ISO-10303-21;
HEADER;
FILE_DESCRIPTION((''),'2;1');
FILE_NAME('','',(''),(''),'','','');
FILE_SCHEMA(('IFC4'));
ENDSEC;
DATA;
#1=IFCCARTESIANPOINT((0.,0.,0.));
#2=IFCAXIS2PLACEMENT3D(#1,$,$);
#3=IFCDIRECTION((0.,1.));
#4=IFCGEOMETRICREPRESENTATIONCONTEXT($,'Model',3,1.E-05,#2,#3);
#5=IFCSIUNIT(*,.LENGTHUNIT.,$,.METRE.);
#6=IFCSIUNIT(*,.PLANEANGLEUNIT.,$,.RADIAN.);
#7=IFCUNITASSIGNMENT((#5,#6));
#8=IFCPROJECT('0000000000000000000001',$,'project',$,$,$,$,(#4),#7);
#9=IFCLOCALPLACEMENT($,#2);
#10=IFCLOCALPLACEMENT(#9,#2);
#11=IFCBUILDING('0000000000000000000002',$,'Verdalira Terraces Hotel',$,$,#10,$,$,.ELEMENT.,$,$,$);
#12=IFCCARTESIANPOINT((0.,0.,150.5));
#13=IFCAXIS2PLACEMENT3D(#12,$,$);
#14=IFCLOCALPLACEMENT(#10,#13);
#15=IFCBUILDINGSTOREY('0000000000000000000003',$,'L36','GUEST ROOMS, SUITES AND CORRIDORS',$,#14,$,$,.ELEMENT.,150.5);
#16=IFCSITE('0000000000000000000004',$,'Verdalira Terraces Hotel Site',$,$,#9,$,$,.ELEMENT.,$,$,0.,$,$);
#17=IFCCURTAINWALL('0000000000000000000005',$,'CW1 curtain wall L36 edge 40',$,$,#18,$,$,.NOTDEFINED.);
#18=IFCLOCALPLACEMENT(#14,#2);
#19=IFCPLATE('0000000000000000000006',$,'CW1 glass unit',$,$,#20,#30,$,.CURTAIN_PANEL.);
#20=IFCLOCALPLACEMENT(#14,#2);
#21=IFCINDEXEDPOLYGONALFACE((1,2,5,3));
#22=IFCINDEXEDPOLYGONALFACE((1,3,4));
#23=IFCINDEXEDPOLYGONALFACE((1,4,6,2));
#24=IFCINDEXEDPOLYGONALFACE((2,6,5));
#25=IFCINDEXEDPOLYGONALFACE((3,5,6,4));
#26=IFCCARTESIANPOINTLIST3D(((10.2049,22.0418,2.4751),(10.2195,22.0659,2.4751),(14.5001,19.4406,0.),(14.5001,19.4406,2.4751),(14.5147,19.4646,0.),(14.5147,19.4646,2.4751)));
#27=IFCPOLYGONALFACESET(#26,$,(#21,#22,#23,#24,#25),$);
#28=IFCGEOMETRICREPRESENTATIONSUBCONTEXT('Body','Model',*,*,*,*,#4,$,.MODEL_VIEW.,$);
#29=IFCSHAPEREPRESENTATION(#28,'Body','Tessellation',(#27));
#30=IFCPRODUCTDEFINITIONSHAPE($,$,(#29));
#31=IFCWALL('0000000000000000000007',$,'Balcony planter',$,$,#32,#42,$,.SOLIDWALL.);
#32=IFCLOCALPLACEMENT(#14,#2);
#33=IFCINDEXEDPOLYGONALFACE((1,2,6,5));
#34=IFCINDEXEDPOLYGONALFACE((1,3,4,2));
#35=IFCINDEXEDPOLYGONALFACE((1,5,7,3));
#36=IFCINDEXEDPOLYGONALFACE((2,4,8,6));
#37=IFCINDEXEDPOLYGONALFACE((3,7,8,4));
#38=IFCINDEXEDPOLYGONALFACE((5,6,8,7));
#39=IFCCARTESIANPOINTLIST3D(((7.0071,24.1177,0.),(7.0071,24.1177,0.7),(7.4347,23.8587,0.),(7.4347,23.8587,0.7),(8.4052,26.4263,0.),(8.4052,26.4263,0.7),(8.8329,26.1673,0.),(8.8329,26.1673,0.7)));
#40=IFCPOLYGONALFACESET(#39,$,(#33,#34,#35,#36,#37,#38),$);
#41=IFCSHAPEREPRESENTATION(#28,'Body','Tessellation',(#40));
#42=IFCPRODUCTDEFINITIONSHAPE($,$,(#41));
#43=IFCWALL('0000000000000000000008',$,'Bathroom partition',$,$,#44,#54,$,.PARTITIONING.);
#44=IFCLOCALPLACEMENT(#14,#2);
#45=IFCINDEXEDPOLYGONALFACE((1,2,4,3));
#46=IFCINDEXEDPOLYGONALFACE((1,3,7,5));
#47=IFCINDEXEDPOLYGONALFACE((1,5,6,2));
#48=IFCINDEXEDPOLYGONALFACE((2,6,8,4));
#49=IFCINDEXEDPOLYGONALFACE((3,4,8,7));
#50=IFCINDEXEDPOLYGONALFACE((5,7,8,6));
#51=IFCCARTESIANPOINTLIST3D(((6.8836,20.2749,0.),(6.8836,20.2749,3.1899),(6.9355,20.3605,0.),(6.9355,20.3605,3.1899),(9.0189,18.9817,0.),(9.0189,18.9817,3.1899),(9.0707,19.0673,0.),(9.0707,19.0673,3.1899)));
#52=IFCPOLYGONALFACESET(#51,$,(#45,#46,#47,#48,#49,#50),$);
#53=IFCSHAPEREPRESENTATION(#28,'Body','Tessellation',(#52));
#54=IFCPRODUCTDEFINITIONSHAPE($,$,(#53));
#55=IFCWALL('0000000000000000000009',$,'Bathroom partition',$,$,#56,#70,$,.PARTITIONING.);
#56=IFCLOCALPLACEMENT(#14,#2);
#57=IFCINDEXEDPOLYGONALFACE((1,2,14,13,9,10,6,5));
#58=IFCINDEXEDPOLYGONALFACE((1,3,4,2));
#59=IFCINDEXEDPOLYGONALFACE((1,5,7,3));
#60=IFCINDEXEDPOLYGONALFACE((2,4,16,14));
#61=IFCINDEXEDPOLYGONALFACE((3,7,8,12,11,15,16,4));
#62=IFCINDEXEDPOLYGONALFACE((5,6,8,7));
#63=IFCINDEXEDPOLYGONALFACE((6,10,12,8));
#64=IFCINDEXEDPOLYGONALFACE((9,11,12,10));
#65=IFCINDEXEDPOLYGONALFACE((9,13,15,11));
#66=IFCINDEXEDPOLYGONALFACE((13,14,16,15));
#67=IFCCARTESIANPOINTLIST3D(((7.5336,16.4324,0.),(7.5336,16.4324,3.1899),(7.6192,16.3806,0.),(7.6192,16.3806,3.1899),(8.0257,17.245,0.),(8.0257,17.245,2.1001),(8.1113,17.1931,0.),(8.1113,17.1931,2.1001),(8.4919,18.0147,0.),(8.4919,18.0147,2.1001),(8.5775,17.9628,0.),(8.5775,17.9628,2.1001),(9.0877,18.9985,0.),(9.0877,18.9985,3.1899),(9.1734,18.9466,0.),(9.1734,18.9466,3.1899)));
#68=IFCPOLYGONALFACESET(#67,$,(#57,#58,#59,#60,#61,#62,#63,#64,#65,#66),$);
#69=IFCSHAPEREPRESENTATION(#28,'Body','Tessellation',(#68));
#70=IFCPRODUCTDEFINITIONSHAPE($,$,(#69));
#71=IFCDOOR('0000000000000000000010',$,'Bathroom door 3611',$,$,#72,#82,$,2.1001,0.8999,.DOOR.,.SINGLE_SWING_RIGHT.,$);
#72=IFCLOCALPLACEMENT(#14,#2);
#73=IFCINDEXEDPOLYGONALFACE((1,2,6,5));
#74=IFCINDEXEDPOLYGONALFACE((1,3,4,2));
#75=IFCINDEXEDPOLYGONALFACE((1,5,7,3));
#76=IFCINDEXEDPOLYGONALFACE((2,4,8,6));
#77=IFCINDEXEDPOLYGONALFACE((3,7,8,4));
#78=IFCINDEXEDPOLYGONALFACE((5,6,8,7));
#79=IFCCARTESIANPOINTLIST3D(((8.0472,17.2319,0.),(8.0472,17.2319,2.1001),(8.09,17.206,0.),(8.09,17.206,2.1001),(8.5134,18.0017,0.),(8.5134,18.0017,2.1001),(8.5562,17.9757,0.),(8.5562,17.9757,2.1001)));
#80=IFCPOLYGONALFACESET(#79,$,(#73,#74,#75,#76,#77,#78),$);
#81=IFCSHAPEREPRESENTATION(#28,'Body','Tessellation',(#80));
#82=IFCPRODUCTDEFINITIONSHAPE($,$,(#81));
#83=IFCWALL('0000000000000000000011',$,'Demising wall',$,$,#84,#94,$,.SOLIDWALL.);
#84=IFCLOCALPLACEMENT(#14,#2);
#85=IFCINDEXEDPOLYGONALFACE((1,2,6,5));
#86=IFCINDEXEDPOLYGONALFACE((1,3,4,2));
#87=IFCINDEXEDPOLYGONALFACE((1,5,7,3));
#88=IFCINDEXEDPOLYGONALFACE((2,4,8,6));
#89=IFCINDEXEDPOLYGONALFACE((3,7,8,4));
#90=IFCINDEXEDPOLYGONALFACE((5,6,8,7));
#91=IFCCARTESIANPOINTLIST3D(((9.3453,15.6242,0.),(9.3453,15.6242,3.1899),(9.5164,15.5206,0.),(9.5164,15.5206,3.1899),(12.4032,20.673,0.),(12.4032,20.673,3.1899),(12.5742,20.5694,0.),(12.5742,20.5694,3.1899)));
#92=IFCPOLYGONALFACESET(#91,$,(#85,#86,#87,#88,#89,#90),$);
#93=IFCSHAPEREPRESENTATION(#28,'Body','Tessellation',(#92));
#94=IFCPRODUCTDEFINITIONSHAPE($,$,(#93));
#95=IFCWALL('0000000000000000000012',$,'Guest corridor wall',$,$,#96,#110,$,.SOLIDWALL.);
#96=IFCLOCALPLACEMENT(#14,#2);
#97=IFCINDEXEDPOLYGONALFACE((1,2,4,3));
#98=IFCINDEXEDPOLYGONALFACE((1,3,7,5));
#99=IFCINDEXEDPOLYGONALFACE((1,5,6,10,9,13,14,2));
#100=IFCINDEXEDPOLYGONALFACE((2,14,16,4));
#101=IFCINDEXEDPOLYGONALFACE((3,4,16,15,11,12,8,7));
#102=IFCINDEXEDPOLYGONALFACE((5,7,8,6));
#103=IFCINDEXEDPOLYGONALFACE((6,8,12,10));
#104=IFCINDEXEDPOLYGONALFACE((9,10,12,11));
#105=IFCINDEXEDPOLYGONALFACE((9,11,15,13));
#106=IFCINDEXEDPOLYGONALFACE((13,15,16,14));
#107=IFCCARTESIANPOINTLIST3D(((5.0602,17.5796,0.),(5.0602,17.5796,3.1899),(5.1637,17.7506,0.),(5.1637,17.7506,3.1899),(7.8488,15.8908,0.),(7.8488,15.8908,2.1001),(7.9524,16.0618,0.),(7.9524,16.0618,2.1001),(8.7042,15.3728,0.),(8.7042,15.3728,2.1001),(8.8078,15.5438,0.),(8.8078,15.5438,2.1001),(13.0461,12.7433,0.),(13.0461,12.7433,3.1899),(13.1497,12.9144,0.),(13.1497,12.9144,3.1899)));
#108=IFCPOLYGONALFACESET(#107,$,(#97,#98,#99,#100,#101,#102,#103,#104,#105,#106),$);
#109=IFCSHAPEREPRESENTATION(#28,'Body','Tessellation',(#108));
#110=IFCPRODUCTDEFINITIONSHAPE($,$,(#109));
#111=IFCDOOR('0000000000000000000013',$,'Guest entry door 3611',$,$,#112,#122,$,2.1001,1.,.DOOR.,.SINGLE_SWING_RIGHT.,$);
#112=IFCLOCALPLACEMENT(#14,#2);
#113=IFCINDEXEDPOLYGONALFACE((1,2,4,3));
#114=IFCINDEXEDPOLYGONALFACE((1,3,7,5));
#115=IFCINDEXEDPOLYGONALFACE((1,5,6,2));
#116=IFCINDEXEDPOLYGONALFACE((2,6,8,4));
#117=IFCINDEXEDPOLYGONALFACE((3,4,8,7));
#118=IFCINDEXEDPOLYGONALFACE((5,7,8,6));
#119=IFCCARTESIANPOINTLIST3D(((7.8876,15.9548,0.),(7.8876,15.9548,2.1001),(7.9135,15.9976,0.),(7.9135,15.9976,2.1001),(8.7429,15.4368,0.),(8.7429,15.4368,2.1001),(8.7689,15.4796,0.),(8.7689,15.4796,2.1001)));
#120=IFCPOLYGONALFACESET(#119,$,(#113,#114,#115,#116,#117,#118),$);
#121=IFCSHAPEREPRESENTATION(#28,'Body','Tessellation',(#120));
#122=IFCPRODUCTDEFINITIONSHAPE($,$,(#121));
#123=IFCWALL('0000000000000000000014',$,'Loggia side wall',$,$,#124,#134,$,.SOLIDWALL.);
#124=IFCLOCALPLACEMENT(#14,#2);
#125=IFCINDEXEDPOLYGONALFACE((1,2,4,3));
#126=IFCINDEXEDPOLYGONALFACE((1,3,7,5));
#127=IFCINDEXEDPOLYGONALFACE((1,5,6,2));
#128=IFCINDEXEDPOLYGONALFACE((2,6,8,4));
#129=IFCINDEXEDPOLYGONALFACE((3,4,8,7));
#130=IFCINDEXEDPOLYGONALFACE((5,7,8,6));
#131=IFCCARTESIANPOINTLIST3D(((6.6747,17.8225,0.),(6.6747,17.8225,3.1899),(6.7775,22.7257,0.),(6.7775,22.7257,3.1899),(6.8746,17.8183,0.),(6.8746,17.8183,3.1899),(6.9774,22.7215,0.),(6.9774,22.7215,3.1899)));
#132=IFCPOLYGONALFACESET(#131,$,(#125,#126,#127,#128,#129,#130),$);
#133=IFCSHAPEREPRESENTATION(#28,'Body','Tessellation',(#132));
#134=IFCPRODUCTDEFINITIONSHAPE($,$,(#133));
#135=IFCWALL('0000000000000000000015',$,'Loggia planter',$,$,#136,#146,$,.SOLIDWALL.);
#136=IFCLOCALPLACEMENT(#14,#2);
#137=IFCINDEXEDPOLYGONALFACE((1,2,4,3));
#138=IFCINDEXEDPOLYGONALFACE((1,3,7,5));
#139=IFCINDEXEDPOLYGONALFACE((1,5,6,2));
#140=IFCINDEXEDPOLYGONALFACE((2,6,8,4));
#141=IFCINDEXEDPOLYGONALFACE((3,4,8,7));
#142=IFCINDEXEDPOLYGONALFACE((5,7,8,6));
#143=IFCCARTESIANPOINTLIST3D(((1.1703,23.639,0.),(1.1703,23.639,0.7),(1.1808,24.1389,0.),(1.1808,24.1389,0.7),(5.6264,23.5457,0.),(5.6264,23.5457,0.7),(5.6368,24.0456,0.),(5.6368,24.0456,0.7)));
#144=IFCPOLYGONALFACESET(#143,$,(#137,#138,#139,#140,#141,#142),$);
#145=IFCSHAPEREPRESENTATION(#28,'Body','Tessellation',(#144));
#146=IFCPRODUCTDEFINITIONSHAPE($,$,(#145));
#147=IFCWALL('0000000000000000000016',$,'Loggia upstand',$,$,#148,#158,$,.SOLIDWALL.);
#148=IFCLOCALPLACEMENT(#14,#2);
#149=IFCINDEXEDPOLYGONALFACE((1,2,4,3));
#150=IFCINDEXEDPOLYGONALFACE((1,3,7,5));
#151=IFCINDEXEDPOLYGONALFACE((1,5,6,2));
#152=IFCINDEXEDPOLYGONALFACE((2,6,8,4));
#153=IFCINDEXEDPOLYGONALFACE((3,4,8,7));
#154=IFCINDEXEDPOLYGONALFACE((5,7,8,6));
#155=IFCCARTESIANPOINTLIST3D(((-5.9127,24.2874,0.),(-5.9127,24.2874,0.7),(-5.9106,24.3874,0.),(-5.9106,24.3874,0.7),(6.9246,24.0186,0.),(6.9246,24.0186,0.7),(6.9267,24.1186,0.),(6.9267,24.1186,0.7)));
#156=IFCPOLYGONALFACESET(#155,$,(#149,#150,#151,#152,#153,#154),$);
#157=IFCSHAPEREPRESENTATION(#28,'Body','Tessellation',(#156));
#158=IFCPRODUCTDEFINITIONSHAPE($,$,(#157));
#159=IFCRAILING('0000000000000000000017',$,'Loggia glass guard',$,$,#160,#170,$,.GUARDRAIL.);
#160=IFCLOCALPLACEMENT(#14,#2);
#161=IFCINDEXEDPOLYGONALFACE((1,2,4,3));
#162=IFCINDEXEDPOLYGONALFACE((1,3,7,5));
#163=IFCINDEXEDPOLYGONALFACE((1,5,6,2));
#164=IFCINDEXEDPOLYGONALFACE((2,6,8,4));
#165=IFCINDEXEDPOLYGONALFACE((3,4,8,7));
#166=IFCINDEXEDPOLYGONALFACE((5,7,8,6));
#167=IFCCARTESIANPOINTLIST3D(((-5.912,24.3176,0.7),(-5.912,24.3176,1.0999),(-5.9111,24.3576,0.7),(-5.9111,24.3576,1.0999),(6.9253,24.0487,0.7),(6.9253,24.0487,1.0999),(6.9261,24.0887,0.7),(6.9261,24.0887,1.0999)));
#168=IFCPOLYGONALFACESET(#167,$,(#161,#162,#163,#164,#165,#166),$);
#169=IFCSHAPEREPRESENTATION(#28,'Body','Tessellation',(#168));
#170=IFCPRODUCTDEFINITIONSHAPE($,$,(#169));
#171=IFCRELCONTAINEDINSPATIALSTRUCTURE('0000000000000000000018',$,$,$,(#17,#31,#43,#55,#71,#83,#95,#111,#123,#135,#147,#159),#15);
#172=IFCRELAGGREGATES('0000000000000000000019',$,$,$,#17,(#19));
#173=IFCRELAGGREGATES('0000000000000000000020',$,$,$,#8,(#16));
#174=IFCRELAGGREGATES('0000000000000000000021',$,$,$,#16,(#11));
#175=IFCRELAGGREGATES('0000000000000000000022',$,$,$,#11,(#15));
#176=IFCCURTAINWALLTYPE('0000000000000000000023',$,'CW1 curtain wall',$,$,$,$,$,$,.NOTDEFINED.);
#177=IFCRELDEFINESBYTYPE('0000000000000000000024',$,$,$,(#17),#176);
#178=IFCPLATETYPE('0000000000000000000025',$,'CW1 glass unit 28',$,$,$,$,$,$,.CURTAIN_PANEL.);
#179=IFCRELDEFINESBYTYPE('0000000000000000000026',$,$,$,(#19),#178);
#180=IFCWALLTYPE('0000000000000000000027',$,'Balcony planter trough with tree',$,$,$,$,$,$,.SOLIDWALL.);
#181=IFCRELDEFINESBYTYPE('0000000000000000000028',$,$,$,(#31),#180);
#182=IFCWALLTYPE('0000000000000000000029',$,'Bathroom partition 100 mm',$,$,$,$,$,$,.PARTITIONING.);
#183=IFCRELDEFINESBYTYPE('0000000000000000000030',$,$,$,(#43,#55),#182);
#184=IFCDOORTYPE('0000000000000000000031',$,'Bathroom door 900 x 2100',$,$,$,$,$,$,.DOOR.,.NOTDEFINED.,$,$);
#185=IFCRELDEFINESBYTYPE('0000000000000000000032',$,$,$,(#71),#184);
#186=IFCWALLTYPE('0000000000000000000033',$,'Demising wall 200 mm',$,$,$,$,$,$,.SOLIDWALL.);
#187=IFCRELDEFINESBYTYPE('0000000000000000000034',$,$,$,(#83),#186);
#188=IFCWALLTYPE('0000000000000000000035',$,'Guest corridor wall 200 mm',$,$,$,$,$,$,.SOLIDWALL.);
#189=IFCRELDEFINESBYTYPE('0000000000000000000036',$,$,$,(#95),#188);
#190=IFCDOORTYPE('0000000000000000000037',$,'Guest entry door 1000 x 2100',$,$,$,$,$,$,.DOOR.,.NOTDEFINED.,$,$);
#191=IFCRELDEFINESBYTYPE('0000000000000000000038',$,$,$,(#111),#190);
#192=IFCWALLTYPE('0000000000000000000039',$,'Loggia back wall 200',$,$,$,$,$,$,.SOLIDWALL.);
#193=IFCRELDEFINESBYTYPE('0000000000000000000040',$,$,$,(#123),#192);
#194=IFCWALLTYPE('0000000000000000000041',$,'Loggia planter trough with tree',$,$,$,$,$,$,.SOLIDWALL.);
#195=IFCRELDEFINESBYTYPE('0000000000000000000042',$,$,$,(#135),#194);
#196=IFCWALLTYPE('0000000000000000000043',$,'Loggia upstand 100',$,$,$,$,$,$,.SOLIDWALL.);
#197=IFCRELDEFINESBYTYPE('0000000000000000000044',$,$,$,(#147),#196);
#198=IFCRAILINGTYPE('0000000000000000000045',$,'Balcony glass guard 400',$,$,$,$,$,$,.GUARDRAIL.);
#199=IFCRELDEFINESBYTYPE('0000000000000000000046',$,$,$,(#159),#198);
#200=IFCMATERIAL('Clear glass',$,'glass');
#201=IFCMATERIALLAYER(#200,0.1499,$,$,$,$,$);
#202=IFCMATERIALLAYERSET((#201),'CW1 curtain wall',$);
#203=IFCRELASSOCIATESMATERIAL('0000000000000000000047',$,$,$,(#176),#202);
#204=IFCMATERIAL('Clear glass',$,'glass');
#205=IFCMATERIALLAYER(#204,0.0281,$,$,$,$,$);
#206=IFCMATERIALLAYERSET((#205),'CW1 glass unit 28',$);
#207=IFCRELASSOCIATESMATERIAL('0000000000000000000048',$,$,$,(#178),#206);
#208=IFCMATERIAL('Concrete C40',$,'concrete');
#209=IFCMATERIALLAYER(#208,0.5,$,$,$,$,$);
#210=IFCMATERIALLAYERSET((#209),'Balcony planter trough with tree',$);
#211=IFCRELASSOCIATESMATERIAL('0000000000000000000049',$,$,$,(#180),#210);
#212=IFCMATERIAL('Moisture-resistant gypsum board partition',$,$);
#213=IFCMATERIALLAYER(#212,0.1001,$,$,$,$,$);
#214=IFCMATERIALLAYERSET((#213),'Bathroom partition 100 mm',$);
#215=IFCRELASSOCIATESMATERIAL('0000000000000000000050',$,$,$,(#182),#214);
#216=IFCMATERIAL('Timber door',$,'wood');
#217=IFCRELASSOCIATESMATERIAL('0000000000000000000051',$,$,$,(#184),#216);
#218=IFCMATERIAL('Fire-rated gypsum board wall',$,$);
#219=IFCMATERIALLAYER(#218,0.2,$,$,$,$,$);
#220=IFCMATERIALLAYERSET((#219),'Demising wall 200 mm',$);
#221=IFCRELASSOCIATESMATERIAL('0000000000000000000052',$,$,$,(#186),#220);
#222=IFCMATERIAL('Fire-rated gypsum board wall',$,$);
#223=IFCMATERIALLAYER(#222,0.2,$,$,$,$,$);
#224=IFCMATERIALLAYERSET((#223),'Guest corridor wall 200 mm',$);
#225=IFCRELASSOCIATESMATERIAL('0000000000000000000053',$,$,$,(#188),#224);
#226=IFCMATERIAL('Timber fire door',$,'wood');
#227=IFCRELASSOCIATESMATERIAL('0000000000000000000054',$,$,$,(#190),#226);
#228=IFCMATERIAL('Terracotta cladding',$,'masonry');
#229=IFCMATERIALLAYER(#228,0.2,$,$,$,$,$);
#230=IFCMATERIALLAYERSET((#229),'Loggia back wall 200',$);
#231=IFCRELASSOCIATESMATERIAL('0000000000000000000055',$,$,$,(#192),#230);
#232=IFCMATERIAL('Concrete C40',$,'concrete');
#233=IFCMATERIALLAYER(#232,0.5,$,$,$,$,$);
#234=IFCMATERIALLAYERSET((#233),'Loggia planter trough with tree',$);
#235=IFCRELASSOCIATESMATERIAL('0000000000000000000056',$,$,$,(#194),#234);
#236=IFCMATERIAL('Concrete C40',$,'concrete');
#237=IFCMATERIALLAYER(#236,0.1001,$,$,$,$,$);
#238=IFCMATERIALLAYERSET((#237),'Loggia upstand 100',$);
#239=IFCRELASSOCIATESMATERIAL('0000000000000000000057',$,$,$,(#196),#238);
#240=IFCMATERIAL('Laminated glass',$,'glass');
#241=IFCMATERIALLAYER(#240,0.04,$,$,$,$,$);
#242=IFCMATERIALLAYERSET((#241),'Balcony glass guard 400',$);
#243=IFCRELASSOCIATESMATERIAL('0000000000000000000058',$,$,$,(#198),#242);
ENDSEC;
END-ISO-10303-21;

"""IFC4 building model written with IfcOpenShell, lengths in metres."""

from ifc_helpers import new_model, si_unit, direction, frame, frame_2d, origin, origin_2d, place, context, subcontext, project, spatial, polyline, rectangle, outline, extrude, material, layer, layer_set, type_object, element, fill, aggregate, save


model = new_model("IFC4")

# Units and contexts
model_context = context("Model", 3, precision=1e-05, world=origin(), true_north=direction((0.0, 1.0)))
body_context = subcontext(model_context, "Body", "Model", "MODEL_VIEW")
ifc_project = project(units=[si_unit("LENGTHUNIT", "METRE"), si_unit("PLANEANGLEUNIT", "RADIAN")], contexts=[model_context])

# Site, building, storey
site_placement = place(None, origin())
site = spatial("IfcSite", under=ifc_project, at=site_placement, Name="Verdalira Terraces Hotel Site", CompositionType="ELEMENT", RefElevation=0.0)
building_placement = place(site_placement, origin())
building = spatial("IfcBuilding", under=site, at=building_placement, Name="Verdalira Terraces Hotel", CompositionType="ELEMENT")
storey_placement = place(building_placement, frame((0.0, 0.0, 150.5)))
storey = spatial("IfcBuildingStorey", under=building, at=storey_placement, Name="L36", Description="GUEST ROOMS, SUITES AND CORRIDORS", CompositionType="ELEMENT", Elevation=150.5)

# Curtain wall
ifc_material_1 = material(Name="Clear glass", Category="glass")
ifc_layer_1 = layer(ifc_material_1, 0.1499)
ifc_layer_set_1 = layer_set([ifc_layer_1], Name="CW1 curtain wall")
curtain_wall_type = type_object("IfcCurtainWallType", Name="CW1 curtain wall", PredefinedType="NOTDEFINED", material=ifc_layer_set_1)
curtain_wall_placement = place(storey_placement, origin())
curtain_wall = element("IfcCurtainWall", 1, at=curtain_wall_placement, inside=storey, type_object=curtain_wall_type, Name="CW1 curtain wall L36 edge 40", PredefinedType="NOTDEFINED")

# Plate
ifc_material_2 = material(Name="Clear glass", Category="glass")
ifc_layer_2 = layer(ifc_material_2, 0.0281)
ifc_layer_set_2 = layer_set([ifc_layer_2], Name="CW1 glass unit 28")
plate_type = type_object("IfcPlateType", Name="CW1 glass unit 28", PredefinedType="CURTAIN_PANEL", material=ifc_layer_set_2)
plate_1_placement = place(storey_placement, frame((12.3525, 20.7412, 1.2375), z_axis=(0.518027, 0.855364, 0.0), x_axis=(-0.855364, 0.518027, 0.0)))
plate_1 = element("IfcPlate", 2, at=plate_1_placement, type_object=plate_type, Name="CW1 glass unit", PredefinedType="CURTAIN_PANEL", context=body_context, shape_type="SweptSolid", body=[
    extrude(outline(polyline([(-2.5107, -1.2375), (2.5107, 1.2375), (-2.5107, 1.2375), (-2.5107, -1.2375)])), origin(), (0.0, 0.0, 1.0), 0.0281),
])
aggregate(curtain_wall, [plate_1])

# Walls
ifc_material_3 = material(Name="Concrete C40", Category="concrete")
ifc_layer_3 = layer(ifc_material_3, 0.5)
ifc_layer_set_3 = layer_set([ifc_layer_3], Name="Balcony planter trough with tree")
wall_type_1 = type_object("IfcWallType", Name="Balcony planter trough with tree", PredefinedType="SOLIDWALL", material=ifc_layer_set_3)
wall_1_placement = place(storey_placement, frame((8.6191, 26.2969, 0.0), z_axis=(0.0, 0.0, 1.0), x_axis=(-0.518043, -0.855355, 0.0)))
element("IfcWall", 3, at=wall_1_placement, inside=storey, type_object=wall_type_1, Name="Balcony planter", PredefinedType="SOLIDWALL", context=body_context, shape_type="SweptSolid", body=[
    extrude(rectangle(XDim=2.699, YDim=0.5, at=frame_2d((1.3496, 0.0))), origin(), (0.0, 0.0, 1.0), 0.7),
])
ifc_material_4 = material(Name="Moisture-resistant gypsum board partition")
ifc_layer_4 = layer(ifc_material_4, 0.1001)
ifc_layer_set_4 = layer_set([ifc_layer_4], Name="Bathroom partition 100 mm")
wall_type_2 = type_object("IfcWallType", Name="Bathroom partition 100 mm", PredefinedType="PARTITIONING", material=ifc_layer_set_4)
wall_2_placement = place(storey_placement, frame((6.9097, 20.3176, 0.0), z_axis=(0.0, 0.0, 1.0), x_axis=(0.855354, -0.518044, 0.0)))
element("IfcWall", 4, at=wall_2_placement, inside=storey, type_object=wall_type_2, Name="Bathroom partition", PredefinedType="PARTITIONING", context=body_context, shape_type="SweptSolid", body=[
    extrude(rectangle(XDim=2.4963, YDim=0.1001, at=frame_2d((1.248, 0.0))), origin(), (0.0, 0.0, 1.0), 3.1899),
])

# Wall, opening, door
wall_3_placement = place(storey_placement, frame((7.5764, 16.4065, 0.0), z_axis=(0.0, 0.0, 1.0), x_axis=(0.518046, 0.855353, 0.0)))
wall_3 = element("IfcWall", 5, at=wall_3_placement, inside=storey, type_object=wall_type_2, Name="Bathroom partition", PredefinedType="PARTITIONING", context=body_context, shape_type="SweptSolid", body=[
    extrude(rectangle(XDim=3.0, YDim=0.1001, at=frame_2d((1.5, 0.0))), origin(), (0.0, 0.0, 1.0), 3.1899),
])
opening_1_placement = place(wall_3_placement, frame((0.95, 0.0, 0.0)))
opening_1 = element("IfcOpeningElement", 6, at=opening_1_placement, cuts=wall_3, PredefinedType="OPENING", context=body_context, shape_type="SweptSolid", body=[
    extrude(rectangle(XDim=0.8999, YDim=2.1001, at=frame_2d((0.45, 1.05))), frame((0.0, 0.0601, 0.0), z_axis=(0.0, -1.0, 0.0), x_axis=(1.0, 0.0, 0.0)), (0.0, 0.0, 1.0), 0.1201),
])
ifc_material_5 = material(Name="Timber door", Category="wood")
door_type_1 = type_object("IfcDoorType", Name="Bathroom door 900 x 2100", OperationType="NOTDEFINED", PredefinedType="DOOR", material=ifc_material_5)
door_1_placement = place(opening_1_placement, origin())
door_1 = element("IfcDoor", 7, at=door_1_placement, inside=storey, type_object=door_type_1, Name="Bathroom door 3611", OperationType="SINGLE_SWING_RIGHT", OverallHeight=2.1001, OverallWidth=0.8999, PredefinedType="DOOR", context=body_context, shape_type="SweptSolid", body=[
    extrude(rectangle(XDim=0.8999, YDim=2.1001, at=frame_2d((0.45, 1.05))), frame((0.0, 0.0249, 0.0), z_axis=(0.0, -1.0, 0.0), x_axis=(1.0, 0.0, 0.0)), (0.0, 0.0, 1.0), 0.05),
])
fill(opening_1, door_1)

# Wall
ifc_material_6 = material(Name="Fire-rated gypsum board wall")
ifc_layer_5 = layer(ifc_material_6, 0.2)
ifc_layer_set_5 = layer_set([ifc_layer_5], Name="Demising wall 200 mm")
wall_type_3 = type_object("IfcWallType", Name="Demising wall 200 mm", PredefinedType="SOLIDWALL", material=ifc_layer_set_5)
wall_4_placement = place(storey_placement, frame((9.4309, 15.5725, 0.0), z_axis=(0.0, 0.0, 1.0), x_axis=(0.51805, 0.855351, 0.0)))
element("IfcWall", 8, at=wall_4_placement, inside=storey, type_object=wall_type_3, Name="Demising wall", PredefinedType="SOLIDWALL", context=body_context, shape_type="SweptSolid", body=[
    extrude(rectangle(XDim=5.9026, YDim=0.2, at=frame_2d((2.9512, 0.0))), origin(), (0.0, 0.0, 1.0), 3.1899),
])

# Wall, opening, door
ifc_material_7 = material(Name="Fire-rated gypsum board wall")
ifc_layer_6 = layer(ifc_material_7, 0.2)
ifc_layer_set_6 = layer_set([ifc_layer_6], Name="Guest corridor wall 200 mm")
wall_type_4 = type_object("IfcWallType", Name="Guest corridor wall 200 mm", PredefinedType="SOLIDWALL", material=ifc_layer_set_6)
wall_5_placement = place(storey_placement, frame((5.1121, 17.665, 0.0), z_axis=(0.0, 0.0, 1.0), x_axis=(0.855374, -0.51801, 0.0)))
wall_5 = element("IfcWall", 9, at=wall_5_placement, inside=storey, type_object=wall_type_4, Name="Guest corridor wall", PredefinedType="SOLIDWALL", context=body_context, shape_type="SweptSolid", body=[
    extrude(rectangle(XDim=9.3362, YDim=0.2, at=frame_2d((4.668, 0.0))), origin(), (0.0, 0.0, 1.0), 3.1899),
])
opening_2_placement = place(wall_5_placement, frame((3.26, 0.0, 0.0)))
opening_2 = element("IfcOpeningElement", 10, at=opening_2_placement, cuts=wall_5, PredefinedType="OPENING", context=body_context, shape_type="SweptSolid", body=[
    extrude(rectangle(XDim=1.0, YDim=2.1001, at=frame_2d((0.5, 1.05))), frame((0.0, 0.1099, 0.0), z_axis=(0.0, -1.0, 0.0), x_axis=(1.0, 0.0, 0.0)), (0.0, 0.0, 1.0), 0.22),
])
ifc_material_8 = material(Name="Timber fire door", Category="wood")
door_type_2 = type_object("IfcDoorType", Name="Guest entry door 1000 x 2100", OperationType="NOTDEFINED", PredefinedType="DOOR", material=ifc_material_8)
door_2_placement = place(opening_2_placement, origin())
door_2 = element("IfcDoor", 11, at=door_2_placement, inside=storey, type_object=door_type_2, Name="Guest entry door 3611", OperationType="SINGLE_SWING_RIGHT", OverallHeight=2.1001, OverallWidth=1.0, PredefinedType="DOOR", context=body_context, shape_type="SweptSolid", body=[
    extrude(rectangle(XDim=1.0, YDim=2.1001, at=frame_2d((0.5, 1.05))), frame((0.0, 0.0249, 0.0), z_axis=(0.0, -1.0, 0.0), x_axis=(1.0, 0.0, 0.0)), (0.0, 0.0, 1.0), 0.05),
])
fill(opening_2, door_2)

# Walls
ifc_material_9 = material(Name="Terracotta cladding", Category="masonry")
ifc_layer_7 = layer(ifc_material_9, 0.2)
ifc_layer_set_7 = layer_set([ifc_layer_7], Name="Loggia back wall 200")
wall_type_5 = type_object("IfcWallType", Name="Loggia back wall 200", PredefinedType="SOLIDWALL", material=ifc_layer_set_7)
wall_6_placement = place(storey_placement, frame((6.8774, 22.7236, 0.0), z_axis=(0.0, 0.0, 1.0), x_axis=(-0.020957, -0.99978, 0.0)))
element("IfcWall", 12, at=wall_6_placement, inside=storey, type_object=wall_type_5, Name="Loggia side wall", PredefinedType="SOLIDWALL", context=body_context, shape_type="SweptSolid", body=[
    extrude(rectangle(XDim=4.9043, YDim=0.2, at=frame_2d((2.4521, 0.0))), origin(), (0.0, 0.0, 1.0), 3.1899),
])
ifc_material_10 = material(Name="Concrete C40", Category="concrete")
ifc_layer_8 = layer(ifc_material_10, 0.5)
ifc_layer_set_8 = layer_set([ifc_layer_8], Name="Loggia planter trough with tree")
wall_type_6 = type_object("IfcWallType", Name="Loggia planter trough with tree", PredefinedType="SOLIDWALL", material=ifc_layer_set_8)
wall_7_placement = place(storey_placement, frame((5.6316, 23.7957, 0.0), z_axis=(0.0, 0.0, 1.0), x_axis=(-0.999781, 0.020925, 0.0)))
element("IfcWall", 13, at=wall_7_placement, inside=storey, type_object=wall_type_6, Name="Loggia planter", PredefinedType="SOLIDWALL", context=body_context, shape_type="SweptSolid", body=[
    extrude(rectangle(XDim=4.457, YDim=0.5, at=frame_2d((2.2285, 0.0))), origin(), (0.0, 0.0, 1.0), 0.7),
])
ifc_material_11 = material(Name="Concrete C40", Category="concrete")
ifc_layer_9 = layer(ifc_material_11, 0.1001)
ifc_layer_set_9 = layer_set([ifc_layer_9], Name="Loggia upstand 100")
wall_type_7 = type_object("IfcWallType", Name="Loggia upstand 100", PredefinedType="SOLIDWALL", material=ifc_layer_set_9)
wall_8_placement = place(storey_placement, frame((6.9255, 24.0686, 0.0), z_axis=(0.0, 0.0, 1.0), x_axis=(-0.999781, 0.020935, 0.0)))
element("IfcWall", 14, at=wall_8_placement, inside=storey, type_object=wall_type_7, Name="Loggia upstand", PredefinedType="SOLIDWALL", context=body_context, shape_type="SweptSolid", body=[
    extrude(rectangle(XDim=12.8401, YDim=0.1001, at=frame_2d((6.4199, 0.0))), origin(), (0.0, 0.0, 1.0), 0.7),
])

# Railing
ifc_material_12 = material(Name="Laminated glass", Category="glass")
ifc_layer_10 = layer(ifc_material_12, 0.04)
ifc_layer_set_10 = layer_set([ifc_layer_10], Name="Balcony glass guard 400")
railing_type = type_object("IfcRailingType", Name="Balcony glass guard 400", PredefinedType="GUARDRAIL", material=ifc_layer_set_10)
railing_placement = place(storey_placement, frame((0.5071, 24.2031, 0.7), z_axis=(0.0, 0.0, 1.0), x_axis=(-0.999781, 0.020942, 0.0)))
element("IfcRailing", 15, at=railing_placement, inside=storey, type_object=railing_type, Name="Loggia glass guard", PredefinedType="GUARDRAIL", context=body_context, shape_type="SweptSolid", body=[
    extrude(rectangle(XDim=12.8401, YDim=0.04, at=origin_2d()), origin(), (0.0, 0.0, 1.0), 0.3999),
])

save(model, "model.ifc")
